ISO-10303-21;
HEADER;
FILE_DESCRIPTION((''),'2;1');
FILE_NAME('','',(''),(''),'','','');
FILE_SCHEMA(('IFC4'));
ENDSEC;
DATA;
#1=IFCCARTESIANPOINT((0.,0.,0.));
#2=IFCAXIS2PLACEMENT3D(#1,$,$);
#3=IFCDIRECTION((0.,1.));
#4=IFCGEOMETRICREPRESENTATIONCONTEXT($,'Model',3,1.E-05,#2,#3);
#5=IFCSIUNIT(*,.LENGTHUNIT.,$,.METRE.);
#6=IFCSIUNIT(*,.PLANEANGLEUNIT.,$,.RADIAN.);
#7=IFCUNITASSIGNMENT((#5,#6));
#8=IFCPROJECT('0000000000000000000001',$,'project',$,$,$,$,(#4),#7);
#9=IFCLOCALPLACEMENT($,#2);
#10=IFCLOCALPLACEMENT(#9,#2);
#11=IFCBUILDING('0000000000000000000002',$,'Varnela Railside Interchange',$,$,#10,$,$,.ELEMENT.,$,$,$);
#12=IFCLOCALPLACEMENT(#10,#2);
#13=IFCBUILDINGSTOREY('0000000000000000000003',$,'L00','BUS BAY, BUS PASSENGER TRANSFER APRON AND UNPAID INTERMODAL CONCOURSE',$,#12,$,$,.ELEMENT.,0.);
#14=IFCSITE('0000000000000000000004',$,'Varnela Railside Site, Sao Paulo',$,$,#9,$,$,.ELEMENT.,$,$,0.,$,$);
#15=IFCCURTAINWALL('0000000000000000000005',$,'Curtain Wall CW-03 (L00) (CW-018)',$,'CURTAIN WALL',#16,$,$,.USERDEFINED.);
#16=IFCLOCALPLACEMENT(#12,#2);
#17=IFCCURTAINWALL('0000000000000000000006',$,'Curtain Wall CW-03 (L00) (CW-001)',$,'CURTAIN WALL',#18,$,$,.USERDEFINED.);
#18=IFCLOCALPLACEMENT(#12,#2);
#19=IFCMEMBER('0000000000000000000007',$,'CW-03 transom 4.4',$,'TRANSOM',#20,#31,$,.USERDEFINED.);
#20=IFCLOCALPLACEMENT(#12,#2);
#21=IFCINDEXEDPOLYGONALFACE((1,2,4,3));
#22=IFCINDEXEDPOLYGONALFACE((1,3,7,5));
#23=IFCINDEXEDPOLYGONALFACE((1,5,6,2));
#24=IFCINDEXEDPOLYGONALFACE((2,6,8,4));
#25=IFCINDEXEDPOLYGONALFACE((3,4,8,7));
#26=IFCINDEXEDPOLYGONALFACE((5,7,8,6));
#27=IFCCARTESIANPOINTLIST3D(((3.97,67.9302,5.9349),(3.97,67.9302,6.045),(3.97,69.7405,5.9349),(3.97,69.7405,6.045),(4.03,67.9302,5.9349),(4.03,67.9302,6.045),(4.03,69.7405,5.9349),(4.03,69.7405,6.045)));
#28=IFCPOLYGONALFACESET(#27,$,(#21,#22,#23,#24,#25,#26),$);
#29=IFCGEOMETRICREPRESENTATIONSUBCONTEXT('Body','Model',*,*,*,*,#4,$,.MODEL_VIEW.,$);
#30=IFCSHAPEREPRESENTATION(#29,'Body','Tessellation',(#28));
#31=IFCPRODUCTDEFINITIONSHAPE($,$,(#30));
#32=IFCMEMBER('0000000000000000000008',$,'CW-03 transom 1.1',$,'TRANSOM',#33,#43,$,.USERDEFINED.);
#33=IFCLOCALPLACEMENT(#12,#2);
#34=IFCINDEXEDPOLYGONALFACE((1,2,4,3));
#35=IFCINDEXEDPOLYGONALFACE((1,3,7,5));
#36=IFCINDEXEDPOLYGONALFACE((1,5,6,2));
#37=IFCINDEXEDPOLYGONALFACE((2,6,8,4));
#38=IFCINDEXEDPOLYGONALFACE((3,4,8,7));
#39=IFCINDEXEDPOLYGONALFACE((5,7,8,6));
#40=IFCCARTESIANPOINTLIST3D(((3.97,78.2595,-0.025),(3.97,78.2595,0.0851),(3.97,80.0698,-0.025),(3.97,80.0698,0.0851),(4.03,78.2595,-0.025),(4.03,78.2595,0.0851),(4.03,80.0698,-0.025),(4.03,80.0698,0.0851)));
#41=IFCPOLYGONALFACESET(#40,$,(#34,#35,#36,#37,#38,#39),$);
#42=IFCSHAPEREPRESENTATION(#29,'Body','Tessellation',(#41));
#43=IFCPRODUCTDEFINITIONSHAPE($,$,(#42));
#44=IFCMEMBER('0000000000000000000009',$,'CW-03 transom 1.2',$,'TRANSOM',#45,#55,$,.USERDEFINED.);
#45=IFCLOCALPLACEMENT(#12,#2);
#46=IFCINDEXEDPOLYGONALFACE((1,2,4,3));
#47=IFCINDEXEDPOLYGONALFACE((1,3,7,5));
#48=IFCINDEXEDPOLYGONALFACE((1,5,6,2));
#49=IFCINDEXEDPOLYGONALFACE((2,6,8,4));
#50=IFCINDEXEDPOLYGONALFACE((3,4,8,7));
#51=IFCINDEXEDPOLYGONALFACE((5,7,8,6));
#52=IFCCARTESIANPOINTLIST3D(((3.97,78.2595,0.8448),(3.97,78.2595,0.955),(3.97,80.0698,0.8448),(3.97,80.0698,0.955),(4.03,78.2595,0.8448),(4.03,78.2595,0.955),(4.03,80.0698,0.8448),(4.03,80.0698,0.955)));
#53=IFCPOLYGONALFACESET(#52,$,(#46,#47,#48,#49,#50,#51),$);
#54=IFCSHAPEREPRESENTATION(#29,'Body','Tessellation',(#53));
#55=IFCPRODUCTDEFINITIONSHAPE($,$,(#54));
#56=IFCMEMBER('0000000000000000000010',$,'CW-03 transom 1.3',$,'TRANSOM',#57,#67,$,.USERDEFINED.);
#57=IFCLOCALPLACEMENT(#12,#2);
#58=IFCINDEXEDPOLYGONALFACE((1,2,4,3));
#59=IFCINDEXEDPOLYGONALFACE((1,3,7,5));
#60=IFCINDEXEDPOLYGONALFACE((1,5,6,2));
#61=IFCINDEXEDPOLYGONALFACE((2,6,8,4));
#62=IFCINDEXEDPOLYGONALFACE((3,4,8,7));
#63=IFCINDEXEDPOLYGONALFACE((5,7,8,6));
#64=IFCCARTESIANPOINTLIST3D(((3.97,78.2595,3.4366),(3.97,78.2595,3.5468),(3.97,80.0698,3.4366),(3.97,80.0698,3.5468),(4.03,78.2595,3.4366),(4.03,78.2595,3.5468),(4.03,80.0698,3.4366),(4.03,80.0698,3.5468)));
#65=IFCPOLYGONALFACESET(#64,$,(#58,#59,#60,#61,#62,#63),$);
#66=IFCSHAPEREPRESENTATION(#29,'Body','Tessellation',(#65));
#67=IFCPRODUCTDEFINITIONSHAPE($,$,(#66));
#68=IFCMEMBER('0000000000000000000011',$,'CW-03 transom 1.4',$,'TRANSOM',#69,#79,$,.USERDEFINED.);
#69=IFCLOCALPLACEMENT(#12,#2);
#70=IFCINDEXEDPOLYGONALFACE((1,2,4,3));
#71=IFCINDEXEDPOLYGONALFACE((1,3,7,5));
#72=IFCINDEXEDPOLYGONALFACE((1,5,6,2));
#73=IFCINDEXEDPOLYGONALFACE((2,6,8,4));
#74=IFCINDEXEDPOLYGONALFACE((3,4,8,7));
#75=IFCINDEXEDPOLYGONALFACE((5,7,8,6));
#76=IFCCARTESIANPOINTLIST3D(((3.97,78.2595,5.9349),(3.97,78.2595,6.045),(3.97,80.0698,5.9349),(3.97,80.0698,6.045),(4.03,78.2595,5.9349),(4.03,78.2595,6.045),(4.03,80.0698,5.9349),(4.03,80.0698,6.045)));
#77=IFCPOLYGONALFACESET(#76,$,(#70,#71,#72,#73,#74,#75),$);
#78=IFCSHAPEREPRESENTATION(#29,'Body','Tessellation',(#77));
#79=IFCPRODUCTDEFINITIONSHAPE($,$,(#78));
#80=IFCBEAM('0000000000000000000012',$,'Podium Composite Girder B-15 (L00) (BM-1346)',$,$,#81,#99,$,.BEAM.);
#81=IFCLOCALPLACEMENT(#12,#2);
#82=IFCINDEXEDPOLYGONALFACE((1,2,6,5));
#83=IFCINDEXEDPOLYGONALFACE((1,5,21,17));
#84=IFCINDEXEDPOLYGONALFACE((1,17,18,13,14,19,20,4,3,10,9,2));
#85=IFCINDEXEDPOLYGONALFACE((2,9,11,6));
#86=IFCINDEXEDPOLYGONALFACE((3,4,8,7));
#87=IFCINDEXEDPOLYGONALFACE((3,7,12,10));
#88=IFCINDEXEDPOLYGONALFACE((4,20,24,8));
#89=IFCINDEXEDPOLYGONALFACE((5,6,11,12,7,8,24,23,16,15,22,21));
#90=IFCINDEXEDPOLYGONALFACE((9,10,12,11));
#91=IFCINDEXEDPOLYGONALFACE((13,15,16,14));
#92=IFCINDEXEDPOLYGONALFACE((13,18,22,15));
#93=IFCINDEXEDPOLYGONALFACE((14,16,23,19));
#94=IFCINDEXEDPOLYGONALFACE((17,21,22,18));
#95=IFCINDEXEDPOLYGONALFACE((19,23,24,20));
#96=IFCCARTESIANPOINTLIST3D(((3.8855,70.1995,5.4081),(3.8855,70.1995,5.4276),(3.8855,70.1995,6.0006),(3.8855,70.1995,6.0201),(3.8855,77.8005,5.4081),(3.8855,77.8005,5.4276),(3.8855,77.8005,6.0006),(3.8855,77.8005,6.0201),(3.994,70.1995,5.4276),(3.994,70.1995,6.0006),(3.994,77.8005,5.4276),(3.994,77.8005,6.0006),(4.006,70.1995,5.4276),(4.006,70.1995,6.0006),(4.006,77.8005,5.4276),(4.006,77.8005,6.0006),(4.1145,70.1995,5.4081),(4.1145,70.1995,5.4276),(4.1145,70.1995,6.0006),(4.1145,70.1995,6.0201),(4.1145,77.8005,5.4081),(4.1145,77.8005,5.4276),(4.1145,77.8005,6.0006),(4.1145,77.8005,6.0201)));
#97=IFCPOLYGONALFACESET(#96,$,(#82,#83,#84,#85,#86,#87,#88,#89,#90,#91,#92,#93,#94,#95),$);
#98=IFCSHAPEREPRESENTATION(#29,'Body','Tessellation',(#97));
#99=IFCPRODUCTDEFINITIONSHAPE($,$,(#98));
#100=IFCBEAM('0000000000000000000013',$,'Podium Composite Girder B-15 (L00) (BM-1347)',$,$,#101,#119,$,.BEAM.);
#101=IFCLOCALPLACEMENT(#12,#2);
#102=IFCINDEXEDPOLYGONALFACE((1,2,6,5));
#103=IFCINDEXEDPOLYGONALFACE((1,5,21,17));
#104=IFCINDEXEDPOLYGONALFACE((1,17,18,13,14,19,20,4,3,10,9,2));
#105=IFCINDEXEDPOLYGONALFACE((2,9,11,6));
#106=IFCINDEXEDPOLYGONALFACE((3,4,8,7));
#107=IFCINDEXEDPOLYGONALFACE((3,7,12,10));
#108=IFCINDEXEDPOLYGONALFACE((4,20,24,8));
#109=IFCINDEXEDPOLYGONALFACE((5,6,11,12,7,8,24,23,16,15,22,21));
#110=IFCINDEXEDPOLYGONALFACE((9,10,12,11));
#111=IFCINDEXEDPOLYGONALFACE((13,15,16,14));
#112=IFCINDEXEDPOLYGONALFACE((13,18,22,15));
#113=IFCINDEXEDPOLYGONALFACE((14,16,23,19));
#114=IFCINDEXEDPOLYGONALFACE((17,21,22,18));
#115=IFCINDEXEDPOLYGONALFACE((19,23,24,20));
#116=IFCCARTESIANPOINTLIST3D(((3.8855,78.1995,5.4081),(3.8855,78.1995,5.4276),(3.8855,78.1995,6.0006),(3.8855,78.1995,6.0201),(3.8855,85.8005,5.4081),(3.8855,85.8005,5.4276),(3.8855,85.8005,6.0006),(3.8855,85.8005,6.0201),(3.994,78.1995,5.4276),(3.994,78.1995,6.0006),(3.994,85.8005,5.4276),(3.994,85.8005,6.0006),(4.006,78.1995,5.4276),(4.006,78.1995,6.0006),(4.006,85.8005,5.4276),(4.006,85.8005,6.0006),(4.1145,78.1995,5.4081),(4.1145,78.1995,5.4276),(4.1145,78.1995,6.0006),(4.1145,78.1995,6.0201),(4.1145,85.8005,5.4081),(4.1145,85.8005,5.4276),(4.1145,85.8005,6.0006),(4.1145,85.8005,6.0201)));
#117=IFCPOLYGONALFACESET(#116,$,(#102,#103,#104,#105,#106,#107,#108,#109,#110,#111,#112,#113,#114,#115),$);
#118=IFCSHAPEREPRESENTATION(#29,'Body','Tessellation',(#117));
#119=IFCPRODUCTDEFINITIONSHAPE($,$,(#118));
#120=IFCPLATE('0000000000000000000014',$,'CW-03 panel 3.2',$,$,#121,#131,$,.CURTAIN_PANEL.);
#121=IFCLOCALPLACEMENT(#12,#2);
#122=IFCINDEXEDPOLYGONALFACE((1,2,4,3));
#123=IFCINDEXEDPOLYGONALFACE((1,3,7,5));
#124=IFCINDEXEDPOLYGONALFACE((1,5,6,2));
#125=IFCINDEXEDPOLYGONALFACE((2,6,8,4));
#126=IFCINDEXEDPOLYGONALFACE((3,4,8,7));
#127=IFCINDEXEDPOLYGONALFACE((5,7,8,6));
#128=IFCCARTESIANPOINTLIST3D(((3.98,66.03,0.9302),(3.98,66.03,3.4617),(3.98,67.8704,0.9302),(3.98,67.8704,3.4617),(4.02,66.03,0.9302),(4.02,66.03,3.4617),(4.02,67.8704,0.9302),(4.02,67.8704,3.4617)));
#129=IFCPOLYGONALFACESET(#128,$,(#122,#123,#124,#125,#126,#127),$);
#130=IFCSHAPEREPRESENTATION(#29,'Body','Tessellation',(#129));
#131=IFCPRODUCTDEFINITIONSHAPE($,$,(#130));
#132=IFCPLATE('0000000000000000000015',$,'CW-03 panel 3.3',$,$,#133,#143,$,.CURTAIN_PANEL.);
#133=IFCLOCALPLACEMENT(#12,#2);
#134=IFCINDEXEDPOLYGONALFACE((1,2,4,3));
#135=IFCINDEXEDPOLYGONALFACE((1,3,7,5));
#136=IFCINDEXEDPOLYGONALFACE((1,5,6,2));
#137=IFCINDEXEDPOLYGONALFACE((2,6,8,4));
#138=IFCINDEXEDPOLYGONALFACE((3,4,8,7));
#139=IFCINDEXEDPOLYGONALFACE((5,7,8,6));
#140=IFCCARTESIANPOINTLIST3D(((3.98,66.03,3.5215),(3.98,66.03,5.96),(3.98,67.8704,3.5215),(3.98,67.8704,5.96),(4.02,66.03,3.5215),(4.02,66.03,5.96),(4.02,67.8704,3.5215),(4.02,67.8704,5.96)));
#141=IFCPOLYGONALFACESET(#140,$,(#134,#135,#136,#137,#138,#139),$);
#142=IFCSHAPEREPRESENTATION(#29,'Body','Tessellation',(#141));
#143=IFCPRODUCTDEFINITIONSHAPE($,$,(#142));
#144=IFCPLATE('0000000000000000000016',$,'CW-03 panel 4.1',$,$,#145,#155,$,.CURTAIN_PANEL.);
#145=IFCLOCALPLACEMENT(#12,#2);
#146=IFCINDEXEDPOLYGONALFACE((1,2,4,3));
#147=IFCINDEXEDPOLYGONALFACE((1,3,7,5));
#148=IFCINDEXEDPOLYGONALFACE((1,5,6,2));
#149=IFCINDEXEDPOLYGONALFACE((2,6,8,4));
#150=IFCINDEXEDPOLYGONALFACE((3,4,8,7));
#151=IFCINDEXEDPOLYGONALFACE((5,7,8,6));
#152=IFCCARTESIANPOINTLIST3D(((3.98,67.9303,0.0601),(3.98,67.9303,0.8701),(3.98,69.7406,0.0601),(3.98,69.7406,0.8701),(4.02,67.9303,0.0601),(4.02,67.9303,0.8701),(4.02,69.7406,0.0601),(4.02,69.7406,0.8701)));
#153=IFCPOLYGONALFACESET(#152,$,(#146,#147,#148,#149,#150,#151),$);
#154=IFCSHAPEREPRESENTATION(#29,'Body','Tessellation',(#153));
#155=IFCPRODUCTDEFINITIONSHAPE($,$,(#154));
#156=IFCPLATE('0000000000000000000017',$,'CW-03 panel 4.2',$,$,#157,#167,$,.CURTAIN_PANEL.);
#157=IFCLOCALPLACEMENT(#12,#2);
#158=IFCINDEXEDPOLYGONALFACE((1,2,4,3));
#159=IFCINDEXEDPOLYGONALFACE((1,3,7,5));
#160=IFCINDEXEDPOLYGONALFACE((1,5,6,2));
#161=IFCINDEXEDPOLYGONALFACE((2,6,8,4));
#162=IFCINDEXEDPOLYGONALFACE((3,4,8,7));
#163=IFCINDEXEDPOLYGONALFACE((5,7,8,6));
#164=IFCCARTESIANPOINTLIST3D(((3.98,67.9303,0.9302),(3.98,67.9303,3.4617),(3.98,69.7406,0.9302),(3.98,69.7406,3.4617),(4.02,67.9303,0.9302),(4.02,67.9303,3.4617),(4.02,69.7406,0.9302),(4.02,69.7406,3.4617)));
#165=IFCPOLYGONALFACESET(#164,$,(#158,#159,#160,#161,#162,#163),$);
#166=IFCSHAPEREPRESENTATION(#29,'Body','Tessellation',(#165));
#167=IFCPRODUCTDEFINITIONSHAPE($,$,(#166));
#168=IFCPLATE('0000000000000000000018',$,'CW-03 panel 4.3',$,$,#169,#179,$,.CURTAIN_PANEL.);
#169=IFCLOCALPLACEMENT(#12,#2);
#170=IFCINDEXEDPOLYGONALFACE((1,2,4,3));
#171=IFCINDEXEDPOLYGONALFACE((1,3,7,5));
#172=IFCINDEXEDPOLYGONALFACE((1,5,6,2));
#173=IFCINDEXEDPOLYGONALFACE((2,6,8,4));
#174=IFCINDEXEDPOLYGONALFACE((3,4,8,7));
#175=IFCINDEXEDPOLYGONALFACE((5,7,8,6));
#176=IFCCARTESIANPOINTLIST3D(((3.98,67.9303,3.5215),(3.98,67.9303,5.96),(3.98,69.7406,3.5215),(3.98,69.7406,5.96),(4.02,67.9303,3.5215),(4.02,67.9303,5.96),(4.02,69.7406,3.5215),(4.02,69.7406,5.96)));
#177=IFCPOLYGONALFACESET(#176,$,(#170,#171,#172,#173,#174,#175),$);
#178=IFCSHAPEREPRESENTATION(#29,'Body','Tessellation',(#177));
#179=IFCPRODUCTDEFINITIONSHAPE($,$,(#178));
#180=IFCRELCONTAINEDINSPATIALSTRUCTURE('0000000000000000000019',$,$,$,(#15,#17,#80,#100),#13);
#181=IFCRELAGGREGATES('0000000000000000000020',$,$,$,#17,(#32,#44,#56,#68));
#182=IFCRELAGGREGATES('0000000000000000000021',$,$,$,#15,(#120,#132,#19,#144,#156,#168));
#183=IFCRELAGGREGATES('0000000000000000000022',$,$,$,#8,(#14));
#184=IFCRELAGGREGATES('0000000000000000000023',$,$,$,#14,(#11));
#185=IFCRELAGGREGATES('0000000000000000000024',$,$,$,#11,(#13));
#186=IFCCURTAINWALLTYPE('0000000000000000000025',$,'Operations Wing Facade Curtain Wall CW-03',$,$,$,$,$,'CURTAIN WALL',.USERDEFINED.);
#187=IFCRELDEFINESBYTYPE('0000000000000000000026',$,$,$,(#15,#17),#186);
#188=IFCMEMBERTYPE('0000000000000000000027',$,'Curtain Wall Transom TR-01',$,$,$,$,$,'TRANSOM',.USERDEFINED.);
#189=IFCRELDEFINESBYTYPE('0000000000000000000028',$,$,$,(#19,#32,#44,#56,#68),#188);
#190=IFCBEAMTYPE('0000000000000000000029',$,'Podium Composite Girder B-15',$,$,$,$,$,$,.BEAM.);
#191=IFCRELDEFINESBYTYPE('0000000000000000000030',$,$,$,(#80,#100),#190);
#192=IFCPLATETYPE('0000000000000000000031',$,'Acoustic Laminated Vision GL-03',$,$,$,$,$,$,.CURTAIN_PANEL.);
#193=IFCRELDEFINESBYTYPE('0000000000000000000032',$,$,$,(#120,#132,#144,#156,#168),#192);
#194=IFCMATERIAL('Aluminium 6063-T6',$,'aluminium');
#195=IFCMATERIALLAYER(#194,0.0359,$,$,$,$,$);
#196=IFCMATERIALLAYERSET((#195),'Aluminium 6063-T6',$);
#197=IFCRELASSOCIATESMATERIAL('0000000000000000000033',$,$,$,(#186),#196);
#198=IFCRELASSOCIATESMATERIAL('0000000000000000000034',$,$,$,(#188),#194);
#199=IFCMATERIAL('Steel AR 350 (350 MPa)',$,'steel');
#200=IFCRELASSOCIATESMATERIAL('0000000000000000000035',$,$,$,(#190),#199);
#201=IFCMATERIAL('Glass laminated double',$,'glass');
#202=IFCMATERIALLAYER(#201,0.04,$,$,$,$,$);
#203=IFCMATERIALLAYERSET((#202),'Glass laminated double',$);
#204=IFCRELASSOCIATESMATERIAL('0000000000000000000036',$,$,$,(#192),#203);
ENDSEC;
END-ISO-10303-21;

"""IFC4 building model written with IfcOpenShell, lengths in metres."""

from ifc_helpers import new_model, si_unit, direction, frame, origin, origin_2d, place, context, subcontext, project, spatial, rectangle, i_section, extrude, material, layer, layer_set, material_profile, profile_set, type_object, element, aggregate, save


model = new_model("IFC4")

# Units and contexts
model_context = context("Model", 3, precision=1e-05, world=origin(), true_north=direction((0.0, 1.0)))
body_context = subcontext(model_context, "Body", "Model", "MODEL_VIEW")
ifc_project = project(units=[si_unit("LENGTHUNIT", "METRE"), si_unit("PLANEANGLEUNIT", "RADIAN")], contexts=[model_context])

# Site, building, storey
site_placement = place(None, origin())
site = spatial("IfcSite", under=ifc_project, at=site_placement, Name="Varnela Railside Site, Sao Paulo", CompositionType="ELEMENT", RefElevation=0.0)
building_placement = place(site_placement, origin())
building = spatial("IfcBuilding", under=site, at=building_placement, Name="Varnela Railside Interchange", CompositionType="ELEMENT")
storey_placement = place(building_placement, origin())
storey = spatial("IfcBuildingStorey", under=building, at=storey_placement, Name="L00", Description="BUS BAY, BUS PASSENGER TRANSFER APRON AND UNPAID INTERMODAL CONCOURSE", CompositionType="ELEMENT", Elevation=0.0)

# Shared definitions
ifc_material_1 = material(Name="Steel AR 350 (350 MPa)", Category="steel")

# Curtain wall
ifc_material_2 = material(Name="Aluminium 6063-T6", Category="aluminium")
ifc_layer_1 = layer(ifc_material_2, 0.0359)
ifc_layer_set_1 = layer_set([ifc_layer_1], Name="Aluminium 6063-T6")
curtain_wall_type = type_object("IfcCurtainWallType", Name="Operations Wing Facade Curtain Wall CW-03", ElementType="CURTAIN WALL", PredefinedType="USERDEFINED", material=ifc_layer_set_1)
curtain_wall_1_placement = place(storey_placement, origin())
curtain_wall_1 = element("IfcCurtainWall", 1, at=curtain_wall_1_placement, inside=storey, type_object=curtain_wall_type, Name="Curtain Wall CW-03 (L00) (CW-018)", ObjectType="CURTAIN WALL", PredefinedType="USERDEFINED")

# Curtain wall
curtain_wall_2_placement = place(storey_placement, origin())
curtain_wall_2 = element("IfcCurtainWall", 2, at=curtain_wall_2_placement, inside=storey, type_object=curtain_wall_type, Name="Curtain Wall CW-03 (L00) (CW-001)", ObjectType="CURTAIN WALL", PredefinedType="USERDEFINED")

# Members
ifc_material_profile_1 = material_profile(ifc_material_2, rectangle(XDim=0.0601, YDim=0.1101, at=origin_2d()), Name="ALU 60x110")
ifc_profile_set_1 = profile_set([ifc_material_profile_1], Name="Aluminium 6063-T6")
member_type_1 = type_object("IfcMemberType", Name="Curtain Wall Transom TR-01", ElementType="TRANSOM", PredefinedType="USERDEFINED", material=ifc_profile_set_1)
member_1_placement = place(storey_placement, frame((4.0, 67.9302, 5.99), z_axis=(0.0, 1.0, 0.0), x_axis=(-1.0, 0.0, 0.0)))
member_1 = element("IfcMember", 3, at=member_1_placement, type_object=member_type_1, Name="CW-03 transom 4.4", ObjectType="TRANSOM", PredefinedType="USERDEFINED", context=body_context, shape_type="SweptSolid", body=[
    extrude(rectangle(XDim=0.0601, YDim=0.1101, at=origin_2d()), origin(), (0.0, 0.0, 1.0), 1.8103),
])
member_2_placement = place(storey_placement, frame((4.0, 78.2595, 0.03), z_axis=(0.0, 1.0, 0.0), x_axis=(-1.0, 0.0, 0.0)))
member_2 = element("IfcMember", 4, at=member_2_placement, type_object=member_type_1, Name="CW-03 transom 1.1", ObjectType="TRANSOM", PredefinedType="USERDEFINED", context=body_context, shape_type="SweptSolid", body=[
    extrude(rectangle(XDim=0.0601, YDim=0.1101, at=origin_2d()), origin(), (0.0, 0.0, 1.0), 1.8103),
])
member_3_placement = place(storey_placement, frame((4.0, 78.2595, 0.8999), z_axis=(0.0, 1.0, 0.0), x_axis=(-1.0, 0.0, 0.0)))
member_3 = element("IfcMember", 5, at=member_3_placement, type_object=member_type_1, Name="CW-03 transom 1.2", ObjectType="TRANSOM", PredefinedType="USERDEFINED", context=body_context, shape_type="SweptSolid", body=[
    extrude(rectangle(XDim=0.0601, YDim=0.1101, at=origin_2d()), origin(), (0.0, 0.0, 1.0), 1.8103),
])
member_4_placement = place(storey_placement, frame((4.0, 78.2595, 3.4917), z_axis=(0.0, 1.0, 0.0), x_axis=(-1.0, 0.0, 0.0)))
member_4 = element("IfcMember", 6, at=member_4_placement, type_object=member_type_1, Name="CW-03 transom 1.3", ObjectType="TRANSOM", PredefinedType="USERDEFINED", context=body_context, shape_type="SweptSolid", body=[
    extrude(rectangle(XDim=0.0601, YDim=0.1101, at=origin_2d()), origin(), (0.0, 0.0, 1.0), 1.8103),
])
member_5_placement = place(storey_placement, frame((4.0, 78.2595, 5.99), z_axis=(0.0, 1.0, 0.0), x_axis=(-1.0, 0.0, 0.0)))
member_5 = element("IfcMember", 7, at=member_5_placement, type_object=member_type_1, Name="CW-03 transom 1.4", ObjectType="TRANSOM", PredefinedType="USERDEFINED", context=body_context, shape_type="SweptSolid", body=[
    extrude(rectangle(XDim=0.0601, YDim=0.1101, at=origin_2d()), origin(), (0.0, 0.0, 1.0), 1.8103),
])
aggregate(curtain_wall_2, [member_2, member_3, member_4, member_5])

# Beams
ifc_material_profile_2 = material_profile(ifc_material_1, i_section(OverallWidth=0.229, OverallDepth=0.6121, WebThickness=0.012, FlangeThickness=0.0195, at=origin_2d()), Name="W610x125")
ifc_profile_set_2 = profile_set([ifc_material_profile_2], Name="Steel AR 350 (350 MPa)")
beam_type_1 = type_object("IfcBeamType", Name="Podium Composite Girder B-15", PredefinedType="BEAM", material=ifc_profile_set_2)
for number, where, z_axis, x_axis, name in (
    (8, (4.0, 70.1995, 5.7141), (0.0, 1.0, 0.0), (-1.0, 0.0, 0.0), "Podium Composite Girder B-15 (L00) (BM-1346)"),
    (9, (4.0, 78.1995, 5.7141), (0.0, 1.0, 0.0), (-1.0, 0.0, 0.0), "Podium Composite Girder B-15 (L00) (BM-1347)"),
):
    element("IfcBeam", number, at=place(storey_placement, frame(where, z_axis=z_axis, x_axis=x_axis)), inside=storey, type_object=beam_type_1, Name=name, PredefinedType="BEAM", context=body_context, shape_type="SweptSolid", body=[
        extrude(i_section(OverallWidth=0.229, OverallDepth=0.6121, WebThickness=0.012, FlangeThickness=0.0195, at=origin_2d()), origin(), (0.0, 0.0, 1.0), 7.6011),
    ])

# Plates
ifc_material_3 = material(Name="Glass laminated double", Category="glass")
ifc_layer_2 = layer(ifc_material_3, 0.04)
ifc_layer_set_2 = layer_set([ifc_layer_2], Name="Glass laminated double")
plate_type = type_object("IfcPlateType", Name="Acoustic Laminated Vision GL-03", PredefinedType="CURTAIN_PANEL", material=ifc_layer_set_2)
plate_1_placement = place(storey_placement, frame((4.0, 66.9502, 0.9302), z_axis=(0.0, 0.0, 1.0), x_axis=(0.0, 1.0, 0.0)))
plate_1 = element("IfcPlate", 10, at=plate_1_placement, type_object=plate_type, Name="CW-03 panel 3.2", PredefinedType="CURTAIN_PANEL", context=body_context, shape_type="SweptSolid", body=[
    extrude(rectangle(XDim=1.8403, YDim=0.04, at=origin_2d()), origin(), (0.0, 0.0, 1.0), 2.5315),
])
plate_2_placement = place(storey_placement, frame((4.0, 66.9502, 3.5215), z_axis=(0.0, 0.0, 1.0), x_axis=(0.0, 1.0, 0.0)))
plate_2 = element("IfcPlate", 11, at=plate_2_placement, type_object=plate_type, Name="CW-03 panel 3.3", PredefinedType="CURTAIN_PANEL", context=body_context, shape_type="SweptSolid", body=[
    extrude(rectangle(XDim=1.8403, YDim=0.04, at=origin_2d()), origin(), (0.0, 0.0, 1.0), 2.4385),
])
plate_3_placement = place(storey_placement, frame((4.0, 68.8354, 0.0601), z_axis=(0.0, 0.0, 1.0), x_axis=(0.0, 1.0, 0.0)))
plate_3 = element("IfcPlate", 12, at=plate_3_placement, type_object=plate_type, Name="CW-03 panel 4.1", PredefinedType="CURTAIN_PANEL", context=body_context, shape_type="SweptSolid", body=[
    extrude(rectangle(XDim=1.8103, YDim=0.04, at=origin_2d()), origin(), (0.0, 0.0, 1.0), 0.8101),
])
plate_4_placement = place(storey_placement, frame((4.0, 68.8354, 0.9302), z_axis=(0.0, 0.0, 1.0), x_axis=(0.0, 1.0, 0.0)))
plate_4 = element("IfcPlate", 13, at=plate_4_placement, type_object=plate_type, Name="CW-03 panel 4.2", PredefinedType="CURTAIN_PANEL", context=body_context, shape_type="SweptSolid", body=[
    extrude(rectangle(XDim=1.8103, YDim=0.04, at=origin_2d()), origin(), (0.0, 0.0, 1.0), 2.5315),
])
plate_5_placement = place(storey_placement, frame((4.0, 68.8354, 3.5215), z_axis=(0.0, 0.0, 1.0), x_axis=(0.0, 1.0, 0.0)))
plate_5 = element("IfcPlate", 14, at=plate_5_placement, type_object=plate_type, Name="CW-03 panel 4.3", PredefinedType="CURTAIN_PANEL", context=body_context, shape_type="SweptSolid", body=[
    extrude(rectangle(XDim=1.8103, YDim=0.04, at=origin_2d()), origin(), (0.0, 0.0, 1.0), 2.4385),
])
aggregate(curtain_wall_1, [plate_1, plate_2, member_1, plate_3, plate_4, plate_5])

save(model, "model.ifc")
